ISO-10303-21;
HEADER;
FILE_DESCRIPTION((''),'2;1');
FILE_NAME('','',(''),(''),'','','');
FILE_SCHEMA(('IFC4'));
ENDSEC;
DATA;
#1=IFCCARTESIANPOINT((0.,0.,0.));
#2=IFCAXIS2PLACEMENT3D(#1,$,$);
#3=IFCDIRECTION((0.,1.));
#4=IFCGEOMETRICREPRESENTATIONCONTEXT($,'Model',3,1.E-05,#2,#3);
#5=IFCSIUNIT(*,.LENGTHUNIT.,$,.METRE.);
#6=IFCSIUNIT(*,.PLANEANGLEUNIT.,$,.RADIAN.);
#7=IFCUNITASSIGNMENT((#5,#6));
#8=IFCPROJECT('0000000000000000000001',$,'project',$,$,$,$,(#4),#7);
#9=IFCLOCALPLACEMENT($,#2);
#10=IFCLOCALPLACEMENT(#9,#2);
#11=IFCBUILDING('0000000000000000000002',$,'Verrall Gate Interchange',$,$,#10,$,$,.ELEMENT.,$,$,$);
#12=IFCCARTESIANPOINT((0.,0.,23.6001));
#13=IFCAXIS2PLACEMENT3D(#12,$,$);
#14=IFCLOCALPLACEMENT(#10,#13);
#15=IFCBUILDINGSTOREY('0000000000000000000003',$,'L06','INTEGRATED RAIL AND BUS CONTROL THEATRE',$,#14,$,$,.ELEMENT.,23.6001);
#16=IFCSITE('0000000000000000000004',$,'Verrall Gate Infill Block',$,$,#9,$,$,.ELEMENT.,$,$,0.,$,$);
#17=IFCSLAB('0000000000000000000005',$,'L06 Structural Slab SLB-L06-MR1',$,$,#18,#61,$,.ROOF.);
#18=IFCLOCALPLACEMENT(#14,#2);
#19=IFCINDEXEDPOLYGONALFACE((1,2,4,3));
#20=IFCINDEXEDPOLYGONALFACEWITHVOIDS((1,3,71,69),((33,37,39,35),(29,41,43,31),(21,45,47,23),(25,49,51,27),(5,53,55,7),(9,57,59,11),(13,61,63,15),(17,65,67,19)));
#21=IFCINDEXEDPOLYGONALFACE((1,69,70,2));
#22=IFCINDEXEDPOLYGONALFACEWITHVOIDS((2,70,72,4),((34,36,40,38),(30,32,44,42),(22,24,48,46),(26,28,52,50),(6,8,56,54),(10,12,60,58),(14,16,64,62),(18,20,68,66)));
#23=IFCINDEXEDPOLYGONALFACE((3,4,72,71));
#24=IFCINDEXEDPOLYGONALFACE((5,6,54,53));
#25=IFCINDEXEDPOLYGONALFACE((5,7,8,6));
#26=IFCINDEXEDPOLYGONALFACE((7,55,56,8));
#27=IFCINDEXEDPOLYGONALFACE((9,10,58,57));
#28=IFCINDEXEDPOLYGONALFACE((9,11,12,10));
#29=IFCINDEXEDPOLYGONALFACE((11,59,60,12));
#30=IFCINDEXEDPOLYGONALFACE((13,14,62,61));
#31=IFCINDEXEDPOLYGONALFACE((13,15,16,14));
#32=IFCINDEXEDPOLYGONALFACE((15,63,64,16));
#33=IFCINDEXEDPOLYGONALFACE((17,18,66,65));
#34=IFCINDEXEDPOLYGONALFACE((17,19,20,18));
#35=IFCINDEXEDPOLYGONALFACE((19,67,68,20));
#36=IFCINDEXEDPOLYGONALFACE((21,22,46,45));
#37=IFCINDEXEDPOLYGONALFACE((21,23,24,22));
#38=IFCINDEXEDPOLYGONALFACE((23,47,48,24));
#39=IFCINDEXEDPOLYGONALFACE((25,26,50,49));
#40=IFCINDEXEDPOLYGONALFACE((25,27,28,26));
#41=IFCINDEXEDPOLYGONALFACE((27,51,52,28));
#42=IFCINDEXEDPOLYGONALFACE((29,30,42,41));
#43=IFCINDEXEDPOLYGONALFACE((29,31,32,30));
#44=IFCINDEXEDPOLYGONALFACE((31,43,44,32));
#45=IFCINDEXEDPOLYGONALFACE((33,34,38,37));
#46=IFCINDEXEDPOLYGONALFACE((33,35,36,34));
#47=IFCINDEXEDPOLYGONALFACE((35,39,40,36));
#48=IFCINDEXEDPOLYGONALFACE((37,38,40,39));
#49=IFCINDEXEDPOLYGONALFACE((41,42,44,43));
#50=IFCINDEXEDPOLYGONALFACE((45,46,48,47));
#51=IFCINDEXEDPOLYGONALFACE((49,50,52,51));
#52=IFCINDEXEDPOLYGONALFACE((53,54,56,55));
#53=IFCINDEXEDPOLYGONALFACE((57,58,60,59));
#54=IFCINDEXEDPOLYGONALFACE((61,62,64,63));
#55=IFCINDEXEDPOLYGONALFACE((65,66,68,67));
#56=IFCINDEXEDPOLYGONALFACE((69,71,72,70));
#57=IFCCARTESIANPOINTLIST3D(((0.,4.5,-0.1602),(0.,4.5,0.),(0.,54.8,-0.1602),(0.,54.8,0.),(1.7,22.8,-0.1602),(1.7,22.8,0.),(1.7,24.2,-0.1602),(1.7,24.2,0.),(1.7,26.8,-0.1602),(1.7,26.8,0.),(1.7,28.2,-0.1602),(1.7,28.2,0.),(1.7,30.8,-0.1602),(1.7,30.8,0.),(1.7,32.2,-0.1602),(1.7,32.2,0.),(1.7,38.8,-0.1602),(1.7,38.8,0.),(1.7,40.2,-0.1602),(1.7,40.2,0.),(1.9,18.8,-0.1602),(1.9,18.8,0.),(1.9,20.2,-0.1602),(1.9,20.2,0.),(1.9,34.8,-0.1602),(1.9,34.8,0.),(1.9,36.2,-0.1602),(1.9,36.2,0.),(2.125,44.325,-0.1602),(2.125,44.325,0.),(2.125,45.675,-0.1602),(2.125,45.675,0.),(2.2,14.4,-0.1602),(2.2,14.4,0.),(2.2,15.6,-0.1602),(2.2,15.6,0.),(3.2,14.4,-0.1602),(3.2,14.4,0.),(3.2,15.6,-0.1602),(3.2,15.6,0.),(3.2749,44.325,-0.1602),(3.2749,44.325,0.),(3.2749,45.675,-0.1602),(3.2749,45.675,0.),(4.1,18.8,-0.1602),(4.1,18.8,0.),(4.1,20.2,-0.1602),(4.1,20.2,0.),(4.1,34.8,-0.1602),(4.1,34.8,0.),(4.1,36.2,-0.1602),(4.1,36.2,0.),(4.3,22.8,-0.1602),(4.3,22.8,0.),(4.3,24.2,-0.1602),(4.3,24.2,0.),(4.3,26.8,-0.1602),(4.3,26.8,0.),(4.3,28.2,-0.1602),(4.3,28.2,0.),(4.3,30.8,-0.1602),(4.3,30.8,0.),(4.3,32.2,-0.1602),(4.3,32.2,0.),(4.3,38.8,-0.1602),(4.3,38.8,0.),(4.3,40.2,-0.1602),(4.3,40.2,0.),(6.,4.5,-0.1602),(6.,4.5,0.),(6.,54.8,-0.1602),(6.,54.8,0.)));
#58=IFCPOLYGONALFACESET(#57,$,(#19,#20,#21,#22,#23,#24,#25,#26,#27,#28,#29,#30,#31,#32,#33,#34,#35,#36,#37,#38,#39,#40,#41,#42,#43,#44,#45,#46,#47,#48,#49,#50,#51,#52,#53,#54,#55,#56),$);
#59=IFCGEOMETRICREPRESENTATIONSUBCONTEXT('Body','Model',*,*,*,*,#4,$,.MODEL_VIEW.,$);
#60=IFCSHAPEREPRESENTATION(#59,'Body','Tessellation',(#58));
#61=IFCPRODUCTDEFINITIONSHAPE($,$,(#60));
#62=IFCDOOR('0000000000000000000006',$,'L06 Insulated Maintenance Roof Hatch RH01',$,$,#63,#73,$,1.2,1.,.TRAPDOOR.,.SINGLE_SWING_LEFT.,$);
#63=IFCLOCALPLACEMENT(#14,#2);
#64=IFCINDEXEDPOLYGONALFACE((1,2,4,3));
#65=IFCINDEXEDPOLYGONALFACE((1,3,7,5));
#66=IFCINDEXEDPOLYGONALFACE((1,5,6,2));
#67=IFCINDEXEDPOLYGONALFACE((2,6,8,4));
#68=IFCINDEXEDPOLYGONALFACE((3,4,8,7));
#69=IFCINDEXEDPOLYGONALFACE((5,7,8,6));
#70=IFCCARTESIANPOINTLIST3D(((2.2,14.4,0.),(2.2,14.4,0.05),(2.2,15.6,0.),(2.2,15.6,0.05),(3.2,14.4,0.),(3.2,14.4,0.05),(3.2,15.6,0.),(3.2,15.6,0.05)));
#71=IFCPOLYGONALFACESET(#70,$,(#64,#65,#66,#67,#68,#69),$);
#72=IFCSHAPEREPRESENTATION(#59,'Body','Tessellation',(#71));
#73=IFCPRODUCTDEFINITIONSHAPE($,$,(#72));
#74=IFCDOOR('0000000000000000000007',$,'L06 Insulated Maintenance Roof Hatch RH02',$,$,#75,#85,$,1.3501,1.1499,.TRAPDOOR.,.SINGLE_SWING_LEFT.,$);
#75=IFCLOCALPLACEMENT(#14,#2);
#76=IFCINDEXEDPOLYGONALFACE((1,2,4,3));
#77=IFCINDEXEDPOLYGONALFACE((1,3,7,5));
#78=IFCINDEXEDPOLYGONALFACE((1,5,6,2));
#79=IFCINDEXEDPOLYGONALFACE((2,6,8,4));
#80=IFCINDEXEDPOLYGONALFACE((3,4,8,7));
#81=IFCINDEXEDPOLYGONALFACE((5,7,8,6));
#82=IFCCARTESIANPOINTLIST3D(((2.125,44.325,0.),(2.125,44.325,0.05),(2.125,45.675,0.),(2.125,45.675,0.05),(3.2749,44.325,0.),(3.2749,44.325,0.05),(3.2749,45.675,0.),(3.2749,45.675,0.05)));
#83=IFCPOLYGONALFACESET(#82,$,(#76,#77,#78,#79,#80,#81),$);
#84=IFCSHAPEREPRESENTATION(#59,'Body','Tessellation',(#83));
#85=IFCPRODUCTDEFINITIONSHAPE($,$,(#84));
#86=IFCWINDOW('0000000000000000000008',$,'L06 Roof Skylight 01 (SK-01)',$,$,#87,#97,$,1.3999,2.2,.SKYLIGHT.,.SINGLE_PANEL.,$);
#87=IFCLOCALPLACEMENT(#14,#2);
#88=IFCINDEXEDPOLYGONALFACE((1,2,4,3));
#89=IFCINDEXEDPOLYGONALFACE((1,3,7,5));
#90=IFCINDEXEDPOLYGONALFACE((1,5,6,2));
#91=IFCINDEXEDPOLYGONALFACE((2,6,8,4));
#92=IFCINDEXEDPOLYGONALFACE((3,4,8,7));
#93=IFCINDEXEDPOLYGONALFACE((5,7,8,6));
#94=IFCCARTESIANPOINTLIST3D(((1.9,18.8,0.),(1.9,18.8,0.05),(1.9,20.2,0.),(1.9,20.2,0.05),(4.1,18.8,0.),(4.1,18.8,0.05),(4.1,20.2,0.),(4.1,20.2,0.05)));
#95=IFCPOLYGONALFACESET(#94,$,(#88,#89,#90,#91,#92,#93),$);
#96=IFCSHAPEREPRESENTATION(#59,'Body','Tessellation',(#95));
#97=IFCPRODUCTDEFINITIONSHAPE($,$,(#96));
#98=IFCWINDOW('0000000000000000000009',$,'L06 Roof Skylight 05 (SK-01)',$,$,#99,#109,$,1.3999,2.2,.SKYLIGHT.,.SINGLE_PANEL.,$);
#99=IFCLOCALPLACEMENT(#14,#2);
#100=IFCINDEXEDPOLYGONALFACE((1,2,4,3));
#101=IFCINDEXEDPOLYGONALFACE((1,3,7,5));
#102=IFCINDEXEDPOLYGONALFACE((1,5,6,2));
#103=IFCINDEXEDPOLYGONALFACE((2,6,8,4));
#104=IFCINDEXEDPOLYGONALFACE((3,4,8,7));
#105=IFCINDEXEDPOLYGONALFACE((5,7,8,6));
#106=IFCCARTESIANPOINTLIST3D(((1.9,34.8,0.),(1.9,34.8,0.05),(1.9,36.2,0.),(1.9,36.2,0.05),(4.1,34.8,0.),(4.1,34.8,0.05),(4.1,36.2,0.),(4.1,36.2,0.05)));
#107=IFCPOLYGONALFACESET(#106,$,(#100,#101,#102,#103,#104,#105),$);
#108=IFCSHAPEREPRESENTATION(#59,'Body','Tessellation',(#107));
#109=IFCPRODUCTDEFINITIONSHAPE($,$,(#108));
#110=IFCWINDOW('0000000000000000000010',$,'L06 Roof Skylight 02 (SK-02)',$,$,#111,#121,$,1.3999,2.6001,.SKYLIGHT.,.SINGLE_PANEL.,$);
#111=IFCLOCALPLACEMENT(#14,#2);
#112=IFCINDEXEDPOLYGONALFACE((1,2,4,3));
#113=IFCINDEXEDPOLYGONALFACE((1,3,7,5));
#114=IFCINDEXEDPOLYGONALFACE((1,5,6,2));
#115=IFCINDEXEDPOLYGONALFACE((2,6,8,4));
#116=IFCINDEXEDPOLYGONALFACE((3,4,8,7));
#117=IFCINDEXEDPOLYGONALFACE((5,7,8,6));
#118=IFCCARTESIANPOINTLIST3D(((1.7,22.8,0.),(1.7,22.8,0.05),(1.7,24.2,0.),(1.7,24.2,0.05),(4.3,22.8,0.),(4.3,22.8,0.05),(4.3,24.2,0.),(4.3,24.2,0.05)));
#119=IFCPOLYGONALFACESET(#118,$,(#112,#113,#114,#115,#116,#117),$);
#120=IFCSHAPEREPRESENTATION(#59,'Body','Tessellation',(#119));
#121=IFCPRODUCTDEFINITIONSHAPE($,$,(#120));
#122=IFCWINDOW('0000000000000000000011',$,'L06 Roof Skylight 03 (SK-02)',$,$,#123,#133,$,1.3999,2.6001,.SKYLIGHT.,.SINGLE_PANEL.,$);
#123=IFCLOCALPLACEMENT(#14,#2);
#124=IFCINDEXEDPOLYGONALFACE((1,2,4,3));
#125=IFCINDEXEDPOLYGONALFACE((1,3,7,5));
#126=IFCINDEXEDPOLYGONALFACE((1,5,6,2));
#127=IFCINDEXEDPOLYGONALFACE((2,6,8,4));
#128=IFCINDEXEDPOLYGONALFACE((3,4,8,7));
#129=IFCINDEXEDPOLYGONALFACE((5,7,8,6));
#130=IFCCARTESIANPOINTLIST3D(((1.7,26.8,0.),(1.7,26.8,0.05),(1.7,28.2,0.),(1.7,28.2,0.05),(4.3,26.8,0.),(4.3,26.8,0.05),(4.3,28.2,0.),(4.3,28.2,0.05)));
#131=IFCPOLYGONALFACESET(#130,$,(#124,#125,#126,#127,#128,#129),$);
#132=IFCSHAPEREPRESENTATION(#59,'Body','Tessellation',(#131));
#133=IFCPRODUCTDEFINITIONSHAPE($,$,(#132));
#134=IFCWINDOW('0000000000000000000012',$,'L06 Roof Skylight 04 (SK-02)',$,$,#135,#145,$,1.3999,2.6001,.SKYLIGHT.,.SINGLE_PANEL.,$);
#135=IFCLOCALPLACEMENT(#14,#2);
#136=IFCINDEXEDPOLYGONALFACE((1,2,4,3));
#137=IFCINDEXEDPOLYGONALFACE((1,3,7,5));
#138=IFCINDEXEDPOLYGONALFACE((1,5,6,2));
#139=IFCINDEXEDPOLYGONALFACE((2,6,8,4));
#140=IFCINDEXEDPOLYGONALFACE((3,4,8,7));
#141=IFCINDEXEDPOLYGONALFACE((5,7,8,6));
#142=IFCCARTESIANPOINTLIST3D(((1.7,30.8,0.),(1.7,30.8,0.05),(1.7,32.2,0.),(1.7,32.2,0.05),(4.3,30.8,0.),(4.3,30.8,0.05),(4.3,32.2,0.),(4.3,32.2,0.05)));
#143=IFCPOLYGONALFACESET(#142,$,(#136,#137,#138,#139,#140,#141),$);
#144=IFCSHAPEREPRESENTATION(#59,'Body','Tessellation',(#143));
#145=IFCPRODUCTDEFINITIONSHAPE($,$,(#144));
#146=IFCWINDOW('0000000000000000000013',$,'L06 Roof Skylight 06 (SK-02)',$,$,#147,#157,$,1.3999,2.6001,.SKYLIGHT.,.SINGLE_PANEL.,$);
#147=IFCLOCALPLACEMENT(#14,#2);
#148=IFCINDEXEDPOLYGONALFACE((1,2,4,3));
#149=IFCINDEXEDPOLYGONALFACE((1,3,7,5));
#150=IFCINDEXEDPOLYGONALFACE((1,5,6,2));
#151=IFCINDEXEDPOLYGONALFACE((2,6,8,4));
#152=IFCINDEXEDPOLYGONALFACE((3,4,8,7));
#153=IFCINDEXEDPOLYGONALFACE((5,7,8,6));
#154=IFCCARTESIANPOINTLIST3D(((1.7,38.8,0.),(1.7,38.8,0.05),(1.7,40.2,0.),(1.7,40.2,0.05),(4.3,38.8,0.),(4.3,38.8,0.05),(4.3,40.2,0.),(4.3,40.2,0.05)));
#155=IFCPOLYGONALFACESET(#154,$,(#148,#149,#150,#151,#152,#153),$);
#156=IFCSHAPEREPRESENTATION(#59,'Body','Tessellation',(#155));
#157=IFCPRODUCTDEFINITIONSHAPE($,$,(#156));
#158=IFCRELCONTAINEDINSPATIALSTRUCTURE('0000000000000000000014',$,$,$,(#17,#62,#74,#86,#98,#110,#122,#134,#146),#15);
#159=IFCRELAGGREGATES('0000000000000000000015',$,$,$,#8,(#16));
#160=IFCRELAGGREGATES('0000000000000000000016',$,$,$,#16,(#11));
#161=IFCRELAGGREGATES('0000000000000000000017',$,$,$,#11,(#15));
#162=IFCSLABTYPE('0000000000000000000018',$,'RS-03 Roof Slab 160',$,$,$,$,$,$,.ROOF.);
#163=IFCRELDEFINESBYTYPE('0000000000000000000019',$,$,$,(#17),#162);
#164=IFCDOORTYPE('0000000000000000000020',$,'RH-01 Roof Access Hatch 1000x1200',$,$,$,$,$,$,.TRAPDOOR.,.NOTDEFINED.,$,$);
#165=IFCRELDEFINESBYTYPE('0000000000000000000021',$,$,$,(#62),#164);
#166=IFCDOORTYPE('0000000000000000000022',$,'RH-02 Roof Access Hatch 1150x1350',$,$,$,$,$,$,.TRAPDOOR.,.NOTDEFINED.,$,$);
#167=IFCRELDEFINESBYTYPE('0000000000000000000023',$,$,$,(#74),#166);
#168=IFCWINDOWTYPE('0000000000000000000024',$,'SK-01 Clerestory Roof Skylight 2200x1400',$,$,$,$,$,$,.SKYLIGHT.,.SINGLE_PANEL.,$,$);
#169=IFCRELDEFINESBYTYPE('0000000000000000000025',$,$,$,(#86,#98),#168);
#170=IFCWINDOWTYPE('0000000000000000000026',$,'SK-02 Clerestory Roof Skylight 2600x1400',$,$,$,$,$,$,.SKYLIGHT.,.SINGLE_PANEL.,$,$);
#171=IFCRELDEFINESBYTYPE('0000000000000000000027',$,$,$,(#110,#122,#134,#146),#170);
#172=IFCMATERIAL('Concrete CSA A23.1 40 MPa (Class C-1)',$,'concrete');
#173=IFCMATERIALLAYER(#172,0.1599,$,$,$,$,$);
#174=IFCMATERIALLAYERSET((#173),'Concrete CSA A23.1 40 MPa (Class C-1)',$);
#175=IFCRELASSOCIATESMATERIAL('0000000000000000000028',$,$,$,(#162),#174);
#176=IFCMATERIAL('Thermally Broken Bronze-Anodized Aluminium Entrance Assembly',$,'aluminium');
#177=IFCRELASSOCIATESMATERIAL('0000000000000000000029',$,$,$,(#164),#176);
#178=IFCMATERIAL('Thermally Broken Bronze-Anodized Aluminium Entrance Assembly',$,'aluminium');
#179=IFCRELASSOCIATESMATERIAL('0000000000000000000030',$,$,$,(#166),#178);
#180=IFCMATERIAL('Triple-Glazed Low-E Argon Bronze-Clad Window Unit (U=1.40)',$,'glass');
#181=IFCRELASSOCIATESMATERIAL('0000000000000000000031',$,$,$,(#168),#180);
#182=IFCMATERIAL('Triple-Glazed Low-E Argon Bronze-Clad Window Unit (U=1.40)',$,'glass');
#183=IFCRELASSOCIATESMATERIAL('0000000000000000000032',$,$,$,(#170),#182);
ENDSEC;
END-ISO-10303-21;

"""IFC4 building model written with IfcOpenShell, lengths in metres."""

from ifc_helpers import new_model, si_unit, direction, frame, origin, origin_2d, place, context, subcontext, project, spatial, polyline, rectangle, outline, extrude, material, layer, layer_set, type_object, element, fill, save


model = new_model("IFC4")

# Units and contexts
model_context = context("Model", 3, precision=1e-05, world=origin(), true_north=direction((0.0, 1.0)))
body_context = subcontext(model_context, "Body", "Model", "MODEL_VIEW")
ifc_project = project(units=[si_unit("LENGTHUNIT", "METRE"), si_unit("PLANEANGLEUNIT", "RADIAN")], contexts=[model_context])

# Site, building, storey
site_placement = place(None, origin())
site = spatial("IfcSite", under=ifc_project, at=site_placement, Name="Verrall Gate Infill Block", CompositionType="ELEMENT", RefElevation=0.0)
building_placement = place(site_placement, origin())
building = spatial("IfcBuilding", under=site, at=building_placement, Name="Verrall Gate Interchange", CompositionType="ELEMENT")
storey_placement = place(building_placement, frame((0.0, 0.0, 23.6001)))
storey = spatial("IfcBuildingStorey", under=building, at=storey_placement, Name="L06", Description="INTEGRATED RAIL AND BUS CONTROL THEATRE", CompositionType="ELEMENT", Elevation=23.6001)

# Slab, openings, doors, windows
ifc_material_1 = material(Name="Concrete CSA A23.1 40 MPa (Class C-1)", Category="concrete")
ifc_layer_1 = layer(ifc_material_1, 0.1599)
ifc_layer_set_1 = layer_set([ifc_layer_1], Name="Concrete CSA A23.1 40 MPa (Class C-1)")
slab_type_1 = type_object("IfcSlabType", Name="RS-03 Roof Slab 160", PredefinedType="ROOF", material=ifc_layer_set_1)
slab_1_placement = place(storey_placement, frame((0.0, 0.0, -0.1602)))
slab_1 = element("IfcSlab", 1, at=slab_1_placement, inside=storey, type_object=slab_type_1, Name="L06 Structural Slab SLB-L06-MR1", PredefinedType="ROOF", context=body_context, shape_type="SweptSolid", body=[
    extrude(outline(polyline([(0.0, 54.8), (6.0, 54.8), (6.0, 34.0), (6.0, 4.5), (0.0, 4.5), (0.0, 54.8)])), origin(), (0.0, 0.0, 1.0), 0.1602),
])
opening_1_placement = place(slab_1_placement, frame((2.7, 15.0, 0.0)))
opening_1 = element("IfcOpeningElement", 2, at=opening_1_placement, cuts=slab_1, PredefinedType="OPENING", context=body_context, shape_type="SweptSolid", body=[
    extrude(rectangle(XDim=1.0, YDim=1.2, at=origin_2d()), frame((0.0, 0.0, -0.0149)), (0.0, 0.0, 1.0), 0.24),
])
opening_2_placement = place(slab_1_placement, frame((2.7, 45.0, 0.0)))
opening_2 = element("IfcOpeningElement", 3, at=opening_2_placement, cuts=slab_1, PredefinedType="OPENING", context=body_context, shape_type="SweptSolid", body=[
    extrude(rectangle(XDim=1.1499, YDim=1.3501, at=origin_2d()), frame((0.0, 0.0, -0.0149)), (0.0, 0.0, 1.0), 0.24),
])
opening_3_placement = place(slab_1_placement, frame((3.0, 19.5, 0.0)))
opening_3 = element("IfcOpeningElement", 4, at=opening_3_placement, cuts=slab_1, PredefinedType="OPENING", context=body_context, shape_type="SweptSolid", body=[
    extrude(rectangle(XDim=2.2, YDim=1.3999, at=origin_2d()), frame((0.0, 0.0, -0.0149)), (0.0, 0.0, 1.0), 0.24),
])
opening_4_placement = place(slab_1_placement, frame((3.0, 23.5, 0.0)))
opening_4 = element("IfcOpeningElement", 5, at=opening_4_placement, cuts=slab_1, PredefinedType="OPENING", context=body_context, shape_type="SweptSolid", body=[
    extrude(rectangle(XDim=2.6001, YDim=1.3999, at=origin_2d()), frame((0.0, 0.0, -0.0149)), (0.0, 0.0, 1.0), 0.24),
])
opening_5_placement = place(slab_1_placement, frame((3.0, 27.5, 0.0)))
opening_5 = element("IfcOpeningElement", 6, at=opening_5_placement, cuts=slab_1, PredefinedType="OPENING", context=body_context, shape_type="SweptSolid", body=[
    extrude(rectangle(XDim=2.6001, YDim=1.3999, at=origin_2d()), frame((0.0, 0.0, -0.0149)), (0.0, 0.0, 1.0), 0.24),
])
opening_6_placement = place(slab_1_placement, frame((3.0, 31.5, 0.0)))
opening_6 = element("IfcOpeningElement", 7, at=opening_6_placement, cuts=slab_1, PredefinedType="OPENING", context=body_context, shape_type="SweptSolid", body=[
    extrude(rectangle(XDim=2.6001, YDim=1.3999, at=origin_2d()), frame((0.0, 0.0, -0.0149)), (0.0, 0.0, 1.0), 0.24),
])
opening_7_placement = place(slab_1_placement, frame((3.0, 35.5, 0.0)))
opening_7 = element("IfcOpeningElement", 8, at=opening_7_placement, cuts=slab_1, PredefinedType="OPENING", context=body_context, shape_type="SweptSolid", body=[
    extrude(rectangle(XDim=2.2, YDim=1.3999, at=origin_2d()), frame((0.0, 0.0, -0.0149)), (0.0, 0.0, 1.0), 0.24),
])
opening_8_placement = place(slab_1_placement, frame((3.0, 39.5, 0.0)))
opening_8 = element("IfcOpeningElement", 9, at=opening_8_placement, cuts=slab_1, PredefinedType="OPENING", context=body_context, shape_type="SweptSolid", body=[
    extrude(rectangle(XDim=2.6001, YDim=1.3999, at=origin_2d()), frame((0.0, 0.0, -0.0149)), (0.0, 0.0, 1.0), 0.24),
])
ifc_material_2 = material(Name="Thermally Broken Bronze-Anodized Aluminium Entrance Assembly", Category="aluminium")
door_type_1 = type_object("IfcDoorType", Name="RH-01 Roof Access Hatch 1000x1200", OperationType="NOTDEFINED", PredefinedType="TRAPDOOR", material=ifc_material_2)
door_1_placement = place(opening_1_placement, frame((0.0, 0.0, 0.1602)))
door_1 = element("IfcDoor", 10, at=door_1_placement, inside=storey, type_object=door_type_1, Name="L06 Insulated Maintenance Roof Hatch RH01", OperationType="SINGLE_SWING_LEFT", OverallHeight=1.2, OverallWidth=1.0, PredefinedType="TRAPDOOR", context=body_context, shape_type="SweptSolid", body=[
    extrude(rectangle(XDim=1.0, YDim=1.2, at=origin_2d()), origin(), (0.0, 0.0, 1.0), 0.05),
])
fill(opening_1, door_1)
ifc_material_3 = material(Name="Thermally Broken Bronze-Anodized Aluminium Entrance Assembly", Category="aluminium")
door_type_2 = type_object("IfcDoorType", Name="RH-02 Roof Access Hatch 1150x1350", OperationType="NOTDEFINED", PredefinedType="TRAPDOOR", material=ifc_material_3)
door_2_placement = place(opening_2_placement, frame((0.0, 0.0, 0.1602)))
door_2 = element("IfcDoor", 11, at=door_2_placement, inside=storey, type_object=door_type_2, Name="L06 Insulated Maintenance Roof Hatch RH02", OperationType="SINGLE_SWING_LEFT", OverallHeight=1.3501, OverallWidth=1.1499, PredefinedType="TRAPDOOR", context=body_context, shape_type="SweptSolid", body=[
    extrude(rectangle(XDim=1.1499, YDim=1.3501, at=origin_2d()), origin(), (0.0, 0.0, 1.0), 0.05),
])
fill(opening_2, door_2)
ifc_material_4 = material(Name="Triple-Glazed Low-E Argon Bronze-Clad Window Unit (U=1.40)", Category="glass")
window_type_1 = type_object("IfcWindowType", Name="SK-01 Clerestory Roof Skylight 2200x1400", PartitioningType="SINGLE_PANEL", PredefinedType="SKYLIGHT", material=ifc_material_4)
window_1_placement = place(opening_3_placement, frame((0.0, 0.0, 0.1602)))
window_1 = element("IfcWindow", 12, at=window_1_placement, inside=storey, type_object=window_type_1, Name="L06 Roof Skylight 01 (SK-01)", OverallHeight=1.3999, OverallWidth=2.2, PartitioningType="SINGLE_PANEL", PredefinedType="SKYLIGHT", context=body_context, shape_type="SweptSolid", body=[
    extrude(rectangle(XDim=2.2, YDim=1.3999, at=origin_2d()), origin(), (0.0, 0.0, 1.0), 0.05),
])
fill(opening_3, window_1)
window_2_placement = place(opening_7_placement, frame((0.0, 0.0, 0.1602)))
window_2 = element("IfcWindow", 13, at=window_2_placement, inside=storey, type_object=window_type_1, Name="L06 Roof Skylight 05 (SK-01)", OverallHeight=1.3999, OverallWidth=2.2, PartitioningType="SINGLE_PANEL", PredefinedType="SKYLIGHT", context=body_context, shape_type="SweptSolid", body=[
    extrude(rectangle(XDim=2.2, YDim=1.3999, at=origin_2d()), origin(), (0.0, 0.0, 1.0), 0.05),
])
fill(opening_7, window_2)
ifc_material_5 = material(Name="Triple-Glazed Low-E Argon Bronze-Clad Window Unit (U=1.40)", Category="glass")
window_type_2 = type_object("IfcWindowType", Name="SK-02 Clerestory Roof Skylight 2600x1400", PartitioningType="SINGLE_PANEL", PredefinedType="SKYLIGHT", material=ifc_material_5)
window_3_placement = place(opening_4_placement, frame((0.0, 0.0, 0.1602)))
window_3 = element("IfcWindow", 14, at=window_3_placement, inside=storey, type_object=window_type_2, Name="L06 Roof Skylight 02 (SK-02)", OverallHeight=1.3999, OverallWidth=2.6001, PartitioningType="SINGLE_PANEL", PredefinedType="SKYLIGHT", context=body_context, shape_type="SweptSolid", body=[
    extrude(rectangle(XDim=2.6001, YDim=1.3999, at=origin_2d()), origin(), (0.0, 0.0, 1.0), 0.05),
])
fill(opening_4, window_3)
window_4_placement = place(opening_5_placement, frame((0.0, 0.0, 0.1602)))
window_4 = element("IfcWindow", 15, at=window_4_placement, inside=storey, type_object=window_type_2, Name="L06 Roof Skylight 03 (SK-02)", OverallHeight=1.3999, OverallWidth=2.6001, PartitioningType="SINGLE_PANEL", PredefinedType="SKYLIGHT", context=body_context, shape_type="SweptSolid", body=[
    extrude(rectangle(XDim=2.6001, YDim=1.3999, at=origin_2d()), origin(), (0.0, 0.0, 1.0), 0.05),
])
fill(opening_5, window_4)
window_5_placement = place(opening_6_placement, frame((0.0, 0.0, 0.1602)))
window_5 = element("IfcWindow", 16, at=window_5_placement, inside=storey, type_object=window_type_2, Name="L06 Roof Skylight 04 (SK-02)", OverallHeight=1.3999, OverallWidth=2.6001, PartitioningType="SINGLE_PANEL", PredefinedType="SKYLIGHT", context=body_context, shape_type="SweptSolid", body=[
    extrude(rectangle(XDim=2.6001, YDim=1.3999, at=origin_2d()), origin(), (0.0, 0.0, 1.0), 0.05),
])
fill(opening_6, window_5)
window_6_placement = place(opening_8_placement, frame((0.0, 0.0, 0.1602)))
window_6 = element("IfcWindow", 17, at=window_6_placement, inside=storey, type_object=window_type_2, Name="L06 Roof Skylight 06 (SK-02)", OverallHeight=1.3999, OverallWidth=2.6001, PartitioningType="SINGLE_PANEL", PredefinedType="SKYLIGHT", context=body_context, shape_type="SweptSolid", body=[
    extrude(rectangle(XDim=2.6001, YDim=1.3999, at=origin_2d()), origin(), (0.0, 0.0, 1.0), 0.05),
])
fill(opening_8, window_6)

save(model, "model.ifc")
